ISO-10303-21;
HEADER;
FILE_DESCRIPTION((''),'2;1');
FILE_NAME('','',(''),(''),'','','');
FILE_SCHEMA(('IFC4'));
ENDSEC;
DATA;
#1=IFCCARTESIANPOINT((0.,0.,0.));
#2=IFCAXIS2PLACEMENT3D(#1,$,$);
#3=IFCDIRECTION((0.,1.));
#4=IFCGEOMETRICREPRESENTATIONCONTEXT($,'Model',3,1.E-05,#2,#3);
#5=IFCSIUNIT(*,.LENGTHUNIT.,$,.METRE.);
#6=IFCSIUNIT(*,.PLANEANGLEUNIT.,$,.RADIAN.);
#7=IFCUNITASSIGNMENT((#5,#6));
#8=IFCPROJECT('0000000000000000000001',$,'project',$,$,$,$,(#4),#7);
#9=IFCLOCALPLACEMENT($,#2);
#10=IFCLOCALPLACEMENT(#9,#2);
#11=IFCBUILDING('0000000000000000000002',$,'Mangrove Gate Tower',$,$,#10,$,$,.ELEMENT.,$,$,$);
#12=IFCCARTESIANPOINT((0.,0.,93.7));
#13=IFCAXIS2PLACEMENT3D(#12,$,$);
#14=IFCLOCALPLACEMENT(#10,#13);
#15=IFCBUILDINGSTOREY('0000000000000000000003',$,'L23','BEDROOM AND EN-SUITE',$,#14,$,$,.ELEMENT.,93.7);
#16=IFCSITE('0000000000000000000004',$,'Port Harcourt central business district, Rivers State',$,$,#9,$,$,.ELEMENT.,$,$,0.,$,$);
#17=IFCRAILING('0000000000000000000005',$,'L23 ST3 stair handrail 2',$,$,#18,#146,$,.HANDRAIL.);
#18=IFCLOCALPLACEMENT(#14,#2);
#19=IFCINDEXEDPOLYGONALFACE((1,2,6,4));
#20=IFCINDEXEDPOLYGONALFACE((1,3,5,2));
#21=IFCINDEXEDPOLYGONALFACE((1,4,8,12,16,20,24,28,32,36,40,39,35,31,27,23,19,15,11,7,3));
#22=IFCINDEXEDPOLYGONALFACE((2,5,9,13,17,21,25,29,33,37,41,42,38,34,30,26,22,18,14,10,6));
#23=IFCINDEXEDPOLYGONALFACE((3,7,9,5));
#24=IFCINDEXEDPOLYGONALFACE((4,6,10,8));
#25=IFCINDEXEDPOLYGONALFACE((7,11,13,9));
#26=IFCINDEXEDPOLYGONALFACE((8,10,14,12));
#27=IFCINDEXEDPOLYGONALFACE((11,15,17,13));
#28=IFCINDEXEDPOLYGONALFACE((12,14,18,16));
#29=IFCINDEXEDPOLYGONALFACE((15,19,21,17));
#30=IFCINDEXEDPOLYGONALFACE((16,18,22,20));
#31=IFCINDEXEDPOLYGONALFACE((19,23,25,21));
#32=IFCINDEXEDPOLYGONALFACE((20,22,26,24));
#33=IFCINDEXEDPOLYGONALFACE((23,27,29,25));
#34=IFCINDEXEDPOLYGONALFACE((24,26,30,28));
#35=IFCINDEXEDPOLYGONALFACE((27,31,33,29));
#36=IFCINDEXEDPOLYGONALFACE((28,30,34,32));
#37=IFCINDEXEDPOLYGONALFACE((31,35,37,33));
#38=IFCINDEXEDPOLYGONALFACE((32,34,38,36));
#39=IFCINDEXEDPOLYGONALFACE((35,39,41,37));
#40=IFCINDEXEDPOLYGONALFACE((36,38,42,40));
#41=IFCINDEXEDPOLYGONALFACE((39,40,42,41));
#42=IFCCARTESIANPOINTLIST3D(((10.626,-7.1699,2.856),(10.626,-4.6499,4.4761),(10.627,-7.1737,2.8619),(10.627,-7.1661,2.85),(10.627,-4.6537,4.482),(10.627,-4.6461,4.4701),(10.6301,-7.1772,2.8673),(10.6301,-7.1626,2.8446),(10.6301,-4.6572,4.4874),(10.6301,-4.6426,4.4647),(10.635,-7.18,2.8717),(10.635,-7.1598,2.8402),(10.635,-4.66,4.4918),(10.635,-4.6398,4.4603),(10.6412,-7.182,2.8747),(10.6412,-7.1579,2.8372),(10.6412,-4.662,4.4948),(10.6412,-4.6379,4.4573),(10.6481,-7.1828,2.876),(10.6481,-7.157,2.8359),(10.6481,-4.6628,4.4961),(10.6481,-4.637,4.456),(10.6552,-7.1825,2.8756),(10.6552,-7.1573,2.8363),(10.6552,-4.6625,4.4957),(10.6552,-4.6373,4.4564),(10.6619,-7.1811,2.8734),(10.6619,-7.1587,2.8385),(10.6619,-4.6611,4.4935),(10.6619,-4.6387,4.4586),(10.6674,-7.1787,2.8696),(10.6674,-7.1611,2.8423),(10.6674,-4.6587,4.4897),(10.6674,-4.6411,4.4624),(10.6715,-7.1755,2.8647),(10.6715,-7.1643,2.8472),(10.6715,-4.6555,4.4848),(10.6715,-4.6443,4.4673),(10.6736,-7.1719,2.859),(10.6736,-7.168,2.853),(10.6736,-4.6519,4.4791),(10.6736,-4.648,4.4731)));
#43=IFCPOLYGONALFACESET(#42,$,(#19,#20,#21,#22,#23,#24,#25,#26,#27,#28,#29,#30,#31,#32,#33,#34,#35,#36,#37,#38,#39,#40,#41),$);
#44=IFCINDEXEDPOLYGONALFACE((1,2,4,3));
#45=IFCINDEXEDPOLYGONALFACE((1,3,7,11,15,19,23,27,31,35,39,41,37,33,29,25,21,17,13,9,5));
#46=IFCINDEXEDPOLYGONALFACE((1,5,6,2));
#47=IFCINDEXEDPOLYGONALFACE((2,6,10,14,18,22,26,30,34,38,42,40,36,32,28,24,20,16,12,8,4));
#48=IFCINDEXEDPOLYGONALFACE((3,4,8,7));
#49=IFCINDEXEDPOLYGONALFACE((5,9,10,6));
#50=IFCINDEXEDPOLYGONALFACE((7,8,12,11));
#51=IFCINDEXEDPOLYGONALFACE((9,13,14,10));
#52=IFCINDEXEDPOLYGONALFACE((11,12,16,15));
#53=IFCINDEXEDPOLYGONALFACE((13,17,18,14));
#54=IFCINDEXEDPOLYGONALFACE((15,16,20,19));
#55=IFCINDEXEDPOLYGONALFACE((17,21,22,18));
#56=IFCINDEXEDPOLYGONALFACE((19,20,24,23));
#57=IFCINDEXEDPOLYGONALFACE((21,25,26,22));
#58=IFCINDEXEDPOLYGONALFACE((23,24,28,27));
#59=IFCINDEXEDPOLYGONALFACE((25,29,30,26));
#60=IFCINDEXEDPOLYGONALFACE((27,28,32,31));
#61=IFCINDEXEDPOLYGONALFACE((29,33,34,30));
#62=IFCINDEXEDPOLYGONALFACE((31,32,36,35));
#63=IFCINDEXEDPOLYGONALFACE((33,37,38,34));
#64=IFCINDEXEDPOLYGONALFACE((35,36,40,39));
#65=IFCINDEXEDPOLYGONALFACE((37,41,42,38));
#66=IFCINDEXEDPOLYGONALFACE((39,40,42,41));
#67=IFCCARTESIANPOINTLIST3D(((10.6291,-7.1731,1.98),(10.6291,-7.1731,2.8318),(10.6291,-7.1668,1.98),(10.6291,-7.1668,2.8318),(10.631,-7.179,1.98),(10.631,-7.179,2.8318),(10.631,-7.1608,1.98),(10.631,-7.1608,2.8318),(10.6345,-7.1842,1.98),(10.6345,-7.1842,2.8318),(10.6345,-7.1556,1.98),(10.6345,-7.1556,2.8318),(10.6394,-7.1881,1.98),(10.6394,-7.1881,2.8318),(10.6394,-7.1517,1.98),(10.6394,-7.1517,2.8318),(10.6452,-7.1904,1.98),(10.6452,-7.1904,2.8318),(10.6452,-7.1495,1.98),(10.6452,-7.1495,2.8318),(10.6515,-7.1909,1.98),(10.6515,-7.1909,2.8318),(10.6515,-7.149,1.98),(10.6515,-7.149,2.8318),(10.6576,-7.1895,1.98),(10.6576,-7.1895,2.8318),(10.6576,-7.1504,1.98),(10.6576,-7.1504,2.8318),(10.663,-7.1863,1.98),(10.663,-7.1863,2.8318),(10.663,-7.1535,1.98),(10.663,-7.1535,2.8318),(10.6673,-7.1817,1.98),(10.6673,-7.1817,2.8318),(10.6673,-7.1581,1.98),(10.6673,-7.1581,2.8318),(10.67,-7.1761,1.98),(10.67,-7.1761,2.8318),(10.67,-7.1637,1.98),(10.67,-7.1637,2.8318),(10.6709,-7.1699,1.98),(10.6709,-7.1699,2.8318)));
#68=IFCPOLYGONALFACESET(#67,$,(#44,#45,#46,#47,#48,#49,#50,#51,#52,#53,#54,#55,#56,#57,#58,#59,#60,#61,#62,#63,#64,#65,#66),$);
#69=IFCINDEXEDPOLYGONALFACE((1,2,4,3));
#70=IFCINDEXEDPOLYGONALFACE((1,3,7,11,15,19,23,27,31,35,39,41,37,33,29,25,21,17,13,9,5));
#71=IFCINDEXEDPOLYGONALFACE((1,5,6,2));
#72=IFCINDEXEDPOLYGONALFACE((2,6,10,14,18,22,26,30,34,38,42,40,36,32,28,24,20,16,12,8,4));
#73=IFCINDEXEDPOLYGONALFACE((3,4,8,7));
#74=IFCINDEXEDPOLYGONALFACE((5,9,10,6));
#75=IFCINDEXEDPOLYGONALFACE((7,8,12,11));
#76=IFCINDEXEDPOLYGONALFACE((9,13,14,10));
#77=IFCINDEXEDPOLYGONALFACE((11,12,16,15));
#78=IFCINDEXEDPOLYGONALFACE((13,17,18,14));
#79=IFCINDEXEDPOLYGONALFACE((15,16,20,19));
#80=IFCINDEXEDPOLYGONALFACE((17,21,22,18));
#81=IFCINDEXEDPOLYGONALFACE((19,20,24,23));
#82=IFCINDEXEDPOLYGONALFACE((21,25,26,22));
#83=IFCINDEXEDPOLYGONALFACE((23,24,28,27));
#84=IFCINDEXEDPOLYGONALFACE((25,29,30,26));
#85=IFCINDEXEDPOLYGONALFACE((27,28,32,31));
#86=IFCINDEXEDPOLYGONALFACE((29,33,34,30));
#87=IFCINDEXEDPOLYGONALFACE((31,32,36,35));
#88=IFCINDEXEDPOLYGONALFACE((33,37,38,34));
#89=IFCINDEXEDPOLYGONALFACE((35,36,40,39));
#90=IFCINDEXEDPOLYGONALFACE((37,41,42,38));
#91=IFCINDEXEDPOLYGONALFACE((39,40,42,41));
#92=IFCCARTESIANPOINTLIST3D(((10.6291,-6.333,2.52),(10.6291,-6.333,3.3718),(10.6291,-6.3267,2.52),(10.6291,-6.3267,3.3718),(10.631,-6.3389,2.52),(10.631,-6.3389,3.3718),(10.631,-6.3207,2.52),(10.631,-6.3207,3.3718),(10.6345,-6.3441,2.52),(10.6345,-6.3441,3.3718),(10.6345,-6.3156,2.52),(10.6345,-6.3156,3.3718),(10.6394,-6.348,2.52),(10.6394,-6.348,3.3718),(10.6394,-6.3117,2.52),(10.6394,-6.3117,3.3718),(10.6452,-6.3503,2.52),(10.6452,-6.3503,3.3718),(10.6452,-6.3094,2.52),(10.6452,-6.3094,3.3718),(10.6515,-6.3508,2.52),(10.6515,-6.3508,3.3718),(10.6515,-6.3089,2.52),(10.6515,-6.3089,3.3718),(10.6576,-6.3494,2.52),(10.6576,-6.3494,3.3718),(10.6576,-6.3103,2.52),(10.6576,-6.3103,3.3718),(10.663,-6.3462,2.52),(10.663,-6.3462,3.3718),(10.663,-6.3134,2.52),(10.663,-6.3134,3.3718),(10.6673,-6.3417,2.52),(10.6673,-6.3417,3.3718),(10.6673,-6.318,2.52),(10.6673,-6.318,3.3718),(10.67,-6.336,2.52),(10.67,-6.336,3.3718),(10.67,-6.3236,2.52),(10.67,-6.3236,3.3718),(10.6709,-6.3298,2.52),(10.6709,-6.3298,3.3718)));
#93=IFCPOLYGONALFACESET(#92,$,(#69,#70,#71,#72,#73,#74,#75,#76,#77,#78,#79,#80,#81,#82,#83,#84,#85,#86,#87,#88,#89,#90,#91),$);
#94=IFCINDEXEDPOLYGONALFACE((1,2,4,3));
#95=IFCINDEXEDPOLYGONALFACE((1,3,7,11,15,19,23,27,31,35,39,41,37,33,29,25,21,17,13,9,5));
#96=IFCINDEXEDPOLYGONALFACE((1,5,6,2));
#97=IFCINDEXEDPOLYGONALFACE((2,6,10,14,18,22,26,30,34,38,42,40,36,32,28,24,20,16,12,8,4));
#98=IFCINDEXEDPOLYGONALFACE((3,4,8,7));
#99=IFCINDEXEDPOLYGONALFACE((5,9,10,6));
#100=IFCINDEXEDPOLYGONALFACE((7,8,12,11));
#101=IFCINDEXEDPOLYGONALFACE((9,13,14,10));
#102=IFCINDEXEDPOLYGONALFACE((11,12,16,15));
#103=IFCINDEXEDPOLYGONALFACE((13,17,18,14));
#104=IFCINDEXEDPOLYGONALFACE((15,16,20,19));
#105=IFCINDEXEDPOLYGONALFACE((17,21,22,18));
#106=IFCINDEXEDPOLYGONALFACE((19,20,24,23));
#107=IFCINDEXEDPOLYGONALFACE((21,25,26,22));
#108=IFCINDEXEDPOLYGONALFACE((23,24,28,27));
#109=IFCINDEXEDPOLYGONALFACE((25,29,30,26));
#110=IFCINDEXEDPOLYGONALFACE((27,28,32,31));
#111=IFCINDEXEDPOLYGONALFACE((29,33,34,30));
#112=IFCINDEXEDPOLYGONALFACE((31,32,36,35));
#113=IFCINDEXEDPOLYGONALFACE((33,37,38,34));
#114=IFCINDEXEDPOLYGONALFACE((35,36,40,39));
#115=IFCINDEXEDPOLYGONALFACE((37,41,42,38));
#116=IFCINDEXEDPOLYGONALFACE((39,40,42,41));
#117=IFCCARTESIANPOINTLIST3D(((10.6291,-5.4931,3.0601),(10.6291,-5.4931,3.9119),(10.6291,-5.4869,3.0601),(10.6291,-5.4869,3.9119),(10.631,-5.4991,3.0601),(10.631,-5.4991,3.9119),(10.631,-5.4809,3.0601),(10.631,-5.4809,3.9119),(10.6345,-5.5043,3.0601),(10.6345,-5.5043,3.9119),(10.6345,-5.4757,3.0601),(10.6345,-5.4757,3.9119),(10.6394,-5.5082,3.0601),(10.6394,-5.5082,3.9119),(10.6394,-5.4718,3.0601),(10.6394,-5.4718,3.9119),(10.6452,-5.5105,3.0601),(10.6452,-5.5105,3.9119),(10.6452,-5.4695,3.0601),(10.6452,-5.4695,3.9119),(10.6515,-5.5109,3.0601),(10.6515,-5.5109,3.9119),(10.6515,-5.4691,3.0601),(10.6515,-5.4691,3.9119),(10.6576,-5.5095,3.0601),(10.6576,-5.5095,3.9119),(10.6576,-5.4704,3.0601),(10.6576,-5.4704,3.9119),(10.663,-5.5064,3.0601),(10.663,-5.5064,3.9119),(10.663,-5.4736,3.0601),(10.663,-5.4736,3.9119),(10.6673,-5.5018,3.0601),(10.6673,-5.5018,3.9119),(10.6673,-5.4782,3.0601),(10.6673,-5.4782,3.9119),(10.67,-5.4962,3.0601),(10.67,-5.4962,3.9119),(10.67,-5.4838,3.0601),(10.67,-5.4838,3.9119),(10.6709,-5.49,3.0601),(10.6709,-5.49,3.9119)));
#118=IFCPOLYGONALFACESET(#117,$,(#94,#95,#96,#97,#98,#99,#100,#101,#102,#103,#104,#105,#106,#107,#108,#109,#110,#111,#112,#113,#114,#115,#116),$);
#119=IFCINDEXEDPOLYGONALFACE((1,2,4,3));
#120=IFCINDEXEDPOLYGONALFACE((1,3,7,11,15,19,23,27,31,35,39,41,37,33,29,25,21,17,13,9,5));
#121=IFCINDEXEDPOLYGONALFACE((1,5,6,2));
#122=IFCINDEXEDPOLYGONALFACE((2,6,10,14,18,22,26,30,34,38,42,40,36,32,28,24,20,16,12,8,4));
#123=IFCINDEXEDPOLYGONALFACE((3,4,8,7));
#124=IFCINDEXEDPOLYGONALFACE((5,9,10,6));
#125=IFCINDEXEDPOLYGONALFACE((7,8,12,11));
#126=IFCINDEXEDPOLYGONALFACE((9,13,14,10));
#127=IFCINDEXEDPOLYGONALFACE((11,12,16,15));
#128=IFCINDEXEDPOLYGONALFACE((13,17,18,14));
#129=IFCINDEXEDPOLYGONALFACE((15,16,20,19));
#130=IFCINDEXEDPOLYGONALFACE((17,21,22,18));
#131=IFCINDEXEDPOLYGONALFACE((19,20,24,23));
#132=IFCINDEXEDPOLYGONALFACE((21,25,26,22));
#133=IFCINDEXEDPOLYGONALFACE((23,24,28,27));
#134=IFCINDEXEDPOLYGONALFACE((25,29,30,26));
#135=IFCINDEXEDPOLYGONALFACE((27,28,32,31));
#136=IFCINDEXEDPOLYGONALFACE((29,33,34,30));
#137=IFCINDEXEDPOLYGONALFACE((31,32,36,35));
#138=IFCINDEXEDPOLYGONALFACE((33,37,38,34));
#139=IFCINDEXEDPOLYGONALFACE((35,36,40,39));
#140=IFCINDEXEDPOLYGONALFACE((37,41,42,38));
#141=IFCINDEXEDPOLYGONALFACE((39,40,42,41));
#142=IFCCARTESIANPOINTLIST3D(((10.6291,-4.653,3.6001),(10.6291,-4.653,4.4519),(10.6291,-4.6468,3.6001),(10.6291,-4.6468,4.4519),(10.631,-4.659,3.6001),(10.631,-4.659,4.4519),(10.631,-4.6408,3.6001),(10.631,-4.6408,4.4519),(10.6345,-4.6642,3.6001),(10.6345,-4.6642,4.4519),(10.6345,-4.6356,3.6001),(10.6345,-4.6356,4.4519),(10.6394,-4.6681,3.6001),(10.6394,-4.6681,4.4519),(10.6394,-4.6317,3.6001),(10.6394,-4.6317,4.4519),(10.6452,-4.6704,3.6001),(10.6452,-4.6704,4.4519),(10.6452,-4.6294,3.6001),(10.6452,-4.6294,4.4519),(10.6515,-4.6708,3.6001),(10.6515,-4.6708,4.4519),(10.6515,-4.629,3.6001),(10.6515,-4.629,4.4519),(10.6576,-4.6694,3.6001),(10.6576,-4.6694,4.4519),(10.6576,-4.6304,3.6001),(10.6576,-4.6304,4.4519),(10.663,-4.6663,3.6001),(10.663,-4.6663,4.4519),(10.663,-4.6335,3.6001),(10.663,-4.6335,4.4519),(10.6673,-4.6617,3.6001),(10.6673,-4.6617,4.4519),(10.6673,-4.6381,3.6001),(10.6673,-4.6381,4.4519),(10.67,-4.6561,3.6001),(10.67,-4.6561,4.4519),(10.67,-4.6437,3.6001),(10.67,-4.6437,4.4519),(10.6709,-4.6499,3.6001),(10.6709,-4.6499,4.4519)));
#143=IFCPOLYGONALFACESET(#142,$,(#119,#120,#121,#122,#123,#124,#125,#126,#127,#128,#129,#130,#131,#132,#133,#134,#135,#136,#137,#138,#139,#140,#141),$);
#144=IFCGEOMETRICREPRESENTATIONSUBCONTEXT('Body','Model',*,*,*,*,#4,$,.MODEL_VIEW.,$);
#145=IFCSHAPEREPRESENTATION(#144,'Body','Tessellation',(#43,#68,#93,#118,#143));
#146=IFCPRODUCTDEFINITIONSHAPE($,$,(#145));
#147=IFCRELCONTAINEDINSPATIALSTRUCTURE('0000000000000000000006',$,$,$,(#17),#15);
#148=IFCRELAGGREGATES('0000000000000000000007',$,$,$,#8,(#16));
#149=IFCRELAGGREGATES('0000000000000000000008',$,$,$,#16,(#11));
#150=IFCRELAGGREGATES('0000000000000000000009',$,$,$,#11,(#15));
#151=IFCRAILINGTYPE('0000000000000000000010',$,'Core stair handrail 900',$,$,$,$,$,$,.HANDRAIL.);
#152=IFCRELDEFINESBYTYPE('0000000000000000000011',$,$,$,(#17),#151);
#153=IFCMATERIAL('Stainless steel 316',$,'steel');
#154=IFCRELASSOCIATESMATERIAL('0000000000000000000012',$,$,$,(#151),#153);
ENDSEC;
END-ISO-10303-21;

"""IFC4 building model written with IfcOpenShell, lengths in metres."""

from ifc_helpers import new_model, si_unit, direction, frame, origin, origin_2d, place, context, subcontext, project, spatial, circle, extrude, material, type_object, element, save


model = new_model("IFC4")

# Units and contexts
model_context = context("Model", 3, precision=1e-05, world=origin(), true_north=direction((0.0, 1.0)))
body_context = subcontext(model_context, "Body", "Model", "MODEL_VIEW")
ifc_project = project(units=[si_unit("LENGTHUNIT", "METRE"), si_unit("PLANEANGLEUNIT", "RADIAN")], contexts=[model_context])

# Site, building, storey
site_placement = place(None, origin())
site = spatial("IfcSite", under=ifc_project, at=site_placement, Name="Port Harcourt central business district, Rivers State", CompositionType="ELEMENT", RefElevation=0.0)
building_placement = place(site_placement, origin())
building = spatial("IfcBuilding", under=site, at=building_placement, Name="Mangrove Gate Tower", CompositionType="ELEMENT")
storey_placement = place(building_placement, frame((0.0, 0.0, 93.7)))
storey = spatial("IfcBuildingStorey", under=building, at=storey_placement, Name="L23", Description="BEDROOM AND EN-SUITE", CompositionType="ELEMENT", Elevation=93.7)

# Railing
ifc_material_1 = material(Name="Stainless steel 316", Category="steel")
railing_type_1 = type_object("IfcRailingType", Name="Core stair handrail 900", PredefinedType="HANDRAIL", material=ifc_material_1)
railing_1_placement = place(storey_placement, frame((10.6499, -7.1699, 1.98)))
element("IfcRailing", 1, at=railing_1_placement, inside=storey, type_object=railing_type_1, Name="L23 ST3 stair handrail 2", PredefinedType="HANDRAIL", context=body_context, shape_type="SweptSolid", body=[
    extrude(circle(Radius=0.0239, at=origin_2d()), frame((0.0, 0.0, 0.876), z_axis=(0.0, 0.841163, 0.540782), x_axis=(-1.0, 0.0, 0.0)), (0.0, 0.0, 1.0), 2.9958),
    extrude(circle(Radius=0.021, at=origin_2d()), origin(), (0.0, 0.0, 1.0), 0.8518),
    extrude(circle(Radius=0.021, at=origin_2d()), frame((0.0, 0.8401, 0.54)), (0.0, 0.0, 1.0), 0.8518),
    extrude(circle(Radius=0.021, at=origin_2d()), frame((0.0, 1.6799, 1.0801)), (0.0, 0.0, 1.0), 0.8518),
    extrude(circle(Radius=0.021, at=origin_2d()), frame((0.0, 2.52, 1.6201)), (0.0, 0.0, 1.0), 0.8518),
])

save(model, "model.ifc")
